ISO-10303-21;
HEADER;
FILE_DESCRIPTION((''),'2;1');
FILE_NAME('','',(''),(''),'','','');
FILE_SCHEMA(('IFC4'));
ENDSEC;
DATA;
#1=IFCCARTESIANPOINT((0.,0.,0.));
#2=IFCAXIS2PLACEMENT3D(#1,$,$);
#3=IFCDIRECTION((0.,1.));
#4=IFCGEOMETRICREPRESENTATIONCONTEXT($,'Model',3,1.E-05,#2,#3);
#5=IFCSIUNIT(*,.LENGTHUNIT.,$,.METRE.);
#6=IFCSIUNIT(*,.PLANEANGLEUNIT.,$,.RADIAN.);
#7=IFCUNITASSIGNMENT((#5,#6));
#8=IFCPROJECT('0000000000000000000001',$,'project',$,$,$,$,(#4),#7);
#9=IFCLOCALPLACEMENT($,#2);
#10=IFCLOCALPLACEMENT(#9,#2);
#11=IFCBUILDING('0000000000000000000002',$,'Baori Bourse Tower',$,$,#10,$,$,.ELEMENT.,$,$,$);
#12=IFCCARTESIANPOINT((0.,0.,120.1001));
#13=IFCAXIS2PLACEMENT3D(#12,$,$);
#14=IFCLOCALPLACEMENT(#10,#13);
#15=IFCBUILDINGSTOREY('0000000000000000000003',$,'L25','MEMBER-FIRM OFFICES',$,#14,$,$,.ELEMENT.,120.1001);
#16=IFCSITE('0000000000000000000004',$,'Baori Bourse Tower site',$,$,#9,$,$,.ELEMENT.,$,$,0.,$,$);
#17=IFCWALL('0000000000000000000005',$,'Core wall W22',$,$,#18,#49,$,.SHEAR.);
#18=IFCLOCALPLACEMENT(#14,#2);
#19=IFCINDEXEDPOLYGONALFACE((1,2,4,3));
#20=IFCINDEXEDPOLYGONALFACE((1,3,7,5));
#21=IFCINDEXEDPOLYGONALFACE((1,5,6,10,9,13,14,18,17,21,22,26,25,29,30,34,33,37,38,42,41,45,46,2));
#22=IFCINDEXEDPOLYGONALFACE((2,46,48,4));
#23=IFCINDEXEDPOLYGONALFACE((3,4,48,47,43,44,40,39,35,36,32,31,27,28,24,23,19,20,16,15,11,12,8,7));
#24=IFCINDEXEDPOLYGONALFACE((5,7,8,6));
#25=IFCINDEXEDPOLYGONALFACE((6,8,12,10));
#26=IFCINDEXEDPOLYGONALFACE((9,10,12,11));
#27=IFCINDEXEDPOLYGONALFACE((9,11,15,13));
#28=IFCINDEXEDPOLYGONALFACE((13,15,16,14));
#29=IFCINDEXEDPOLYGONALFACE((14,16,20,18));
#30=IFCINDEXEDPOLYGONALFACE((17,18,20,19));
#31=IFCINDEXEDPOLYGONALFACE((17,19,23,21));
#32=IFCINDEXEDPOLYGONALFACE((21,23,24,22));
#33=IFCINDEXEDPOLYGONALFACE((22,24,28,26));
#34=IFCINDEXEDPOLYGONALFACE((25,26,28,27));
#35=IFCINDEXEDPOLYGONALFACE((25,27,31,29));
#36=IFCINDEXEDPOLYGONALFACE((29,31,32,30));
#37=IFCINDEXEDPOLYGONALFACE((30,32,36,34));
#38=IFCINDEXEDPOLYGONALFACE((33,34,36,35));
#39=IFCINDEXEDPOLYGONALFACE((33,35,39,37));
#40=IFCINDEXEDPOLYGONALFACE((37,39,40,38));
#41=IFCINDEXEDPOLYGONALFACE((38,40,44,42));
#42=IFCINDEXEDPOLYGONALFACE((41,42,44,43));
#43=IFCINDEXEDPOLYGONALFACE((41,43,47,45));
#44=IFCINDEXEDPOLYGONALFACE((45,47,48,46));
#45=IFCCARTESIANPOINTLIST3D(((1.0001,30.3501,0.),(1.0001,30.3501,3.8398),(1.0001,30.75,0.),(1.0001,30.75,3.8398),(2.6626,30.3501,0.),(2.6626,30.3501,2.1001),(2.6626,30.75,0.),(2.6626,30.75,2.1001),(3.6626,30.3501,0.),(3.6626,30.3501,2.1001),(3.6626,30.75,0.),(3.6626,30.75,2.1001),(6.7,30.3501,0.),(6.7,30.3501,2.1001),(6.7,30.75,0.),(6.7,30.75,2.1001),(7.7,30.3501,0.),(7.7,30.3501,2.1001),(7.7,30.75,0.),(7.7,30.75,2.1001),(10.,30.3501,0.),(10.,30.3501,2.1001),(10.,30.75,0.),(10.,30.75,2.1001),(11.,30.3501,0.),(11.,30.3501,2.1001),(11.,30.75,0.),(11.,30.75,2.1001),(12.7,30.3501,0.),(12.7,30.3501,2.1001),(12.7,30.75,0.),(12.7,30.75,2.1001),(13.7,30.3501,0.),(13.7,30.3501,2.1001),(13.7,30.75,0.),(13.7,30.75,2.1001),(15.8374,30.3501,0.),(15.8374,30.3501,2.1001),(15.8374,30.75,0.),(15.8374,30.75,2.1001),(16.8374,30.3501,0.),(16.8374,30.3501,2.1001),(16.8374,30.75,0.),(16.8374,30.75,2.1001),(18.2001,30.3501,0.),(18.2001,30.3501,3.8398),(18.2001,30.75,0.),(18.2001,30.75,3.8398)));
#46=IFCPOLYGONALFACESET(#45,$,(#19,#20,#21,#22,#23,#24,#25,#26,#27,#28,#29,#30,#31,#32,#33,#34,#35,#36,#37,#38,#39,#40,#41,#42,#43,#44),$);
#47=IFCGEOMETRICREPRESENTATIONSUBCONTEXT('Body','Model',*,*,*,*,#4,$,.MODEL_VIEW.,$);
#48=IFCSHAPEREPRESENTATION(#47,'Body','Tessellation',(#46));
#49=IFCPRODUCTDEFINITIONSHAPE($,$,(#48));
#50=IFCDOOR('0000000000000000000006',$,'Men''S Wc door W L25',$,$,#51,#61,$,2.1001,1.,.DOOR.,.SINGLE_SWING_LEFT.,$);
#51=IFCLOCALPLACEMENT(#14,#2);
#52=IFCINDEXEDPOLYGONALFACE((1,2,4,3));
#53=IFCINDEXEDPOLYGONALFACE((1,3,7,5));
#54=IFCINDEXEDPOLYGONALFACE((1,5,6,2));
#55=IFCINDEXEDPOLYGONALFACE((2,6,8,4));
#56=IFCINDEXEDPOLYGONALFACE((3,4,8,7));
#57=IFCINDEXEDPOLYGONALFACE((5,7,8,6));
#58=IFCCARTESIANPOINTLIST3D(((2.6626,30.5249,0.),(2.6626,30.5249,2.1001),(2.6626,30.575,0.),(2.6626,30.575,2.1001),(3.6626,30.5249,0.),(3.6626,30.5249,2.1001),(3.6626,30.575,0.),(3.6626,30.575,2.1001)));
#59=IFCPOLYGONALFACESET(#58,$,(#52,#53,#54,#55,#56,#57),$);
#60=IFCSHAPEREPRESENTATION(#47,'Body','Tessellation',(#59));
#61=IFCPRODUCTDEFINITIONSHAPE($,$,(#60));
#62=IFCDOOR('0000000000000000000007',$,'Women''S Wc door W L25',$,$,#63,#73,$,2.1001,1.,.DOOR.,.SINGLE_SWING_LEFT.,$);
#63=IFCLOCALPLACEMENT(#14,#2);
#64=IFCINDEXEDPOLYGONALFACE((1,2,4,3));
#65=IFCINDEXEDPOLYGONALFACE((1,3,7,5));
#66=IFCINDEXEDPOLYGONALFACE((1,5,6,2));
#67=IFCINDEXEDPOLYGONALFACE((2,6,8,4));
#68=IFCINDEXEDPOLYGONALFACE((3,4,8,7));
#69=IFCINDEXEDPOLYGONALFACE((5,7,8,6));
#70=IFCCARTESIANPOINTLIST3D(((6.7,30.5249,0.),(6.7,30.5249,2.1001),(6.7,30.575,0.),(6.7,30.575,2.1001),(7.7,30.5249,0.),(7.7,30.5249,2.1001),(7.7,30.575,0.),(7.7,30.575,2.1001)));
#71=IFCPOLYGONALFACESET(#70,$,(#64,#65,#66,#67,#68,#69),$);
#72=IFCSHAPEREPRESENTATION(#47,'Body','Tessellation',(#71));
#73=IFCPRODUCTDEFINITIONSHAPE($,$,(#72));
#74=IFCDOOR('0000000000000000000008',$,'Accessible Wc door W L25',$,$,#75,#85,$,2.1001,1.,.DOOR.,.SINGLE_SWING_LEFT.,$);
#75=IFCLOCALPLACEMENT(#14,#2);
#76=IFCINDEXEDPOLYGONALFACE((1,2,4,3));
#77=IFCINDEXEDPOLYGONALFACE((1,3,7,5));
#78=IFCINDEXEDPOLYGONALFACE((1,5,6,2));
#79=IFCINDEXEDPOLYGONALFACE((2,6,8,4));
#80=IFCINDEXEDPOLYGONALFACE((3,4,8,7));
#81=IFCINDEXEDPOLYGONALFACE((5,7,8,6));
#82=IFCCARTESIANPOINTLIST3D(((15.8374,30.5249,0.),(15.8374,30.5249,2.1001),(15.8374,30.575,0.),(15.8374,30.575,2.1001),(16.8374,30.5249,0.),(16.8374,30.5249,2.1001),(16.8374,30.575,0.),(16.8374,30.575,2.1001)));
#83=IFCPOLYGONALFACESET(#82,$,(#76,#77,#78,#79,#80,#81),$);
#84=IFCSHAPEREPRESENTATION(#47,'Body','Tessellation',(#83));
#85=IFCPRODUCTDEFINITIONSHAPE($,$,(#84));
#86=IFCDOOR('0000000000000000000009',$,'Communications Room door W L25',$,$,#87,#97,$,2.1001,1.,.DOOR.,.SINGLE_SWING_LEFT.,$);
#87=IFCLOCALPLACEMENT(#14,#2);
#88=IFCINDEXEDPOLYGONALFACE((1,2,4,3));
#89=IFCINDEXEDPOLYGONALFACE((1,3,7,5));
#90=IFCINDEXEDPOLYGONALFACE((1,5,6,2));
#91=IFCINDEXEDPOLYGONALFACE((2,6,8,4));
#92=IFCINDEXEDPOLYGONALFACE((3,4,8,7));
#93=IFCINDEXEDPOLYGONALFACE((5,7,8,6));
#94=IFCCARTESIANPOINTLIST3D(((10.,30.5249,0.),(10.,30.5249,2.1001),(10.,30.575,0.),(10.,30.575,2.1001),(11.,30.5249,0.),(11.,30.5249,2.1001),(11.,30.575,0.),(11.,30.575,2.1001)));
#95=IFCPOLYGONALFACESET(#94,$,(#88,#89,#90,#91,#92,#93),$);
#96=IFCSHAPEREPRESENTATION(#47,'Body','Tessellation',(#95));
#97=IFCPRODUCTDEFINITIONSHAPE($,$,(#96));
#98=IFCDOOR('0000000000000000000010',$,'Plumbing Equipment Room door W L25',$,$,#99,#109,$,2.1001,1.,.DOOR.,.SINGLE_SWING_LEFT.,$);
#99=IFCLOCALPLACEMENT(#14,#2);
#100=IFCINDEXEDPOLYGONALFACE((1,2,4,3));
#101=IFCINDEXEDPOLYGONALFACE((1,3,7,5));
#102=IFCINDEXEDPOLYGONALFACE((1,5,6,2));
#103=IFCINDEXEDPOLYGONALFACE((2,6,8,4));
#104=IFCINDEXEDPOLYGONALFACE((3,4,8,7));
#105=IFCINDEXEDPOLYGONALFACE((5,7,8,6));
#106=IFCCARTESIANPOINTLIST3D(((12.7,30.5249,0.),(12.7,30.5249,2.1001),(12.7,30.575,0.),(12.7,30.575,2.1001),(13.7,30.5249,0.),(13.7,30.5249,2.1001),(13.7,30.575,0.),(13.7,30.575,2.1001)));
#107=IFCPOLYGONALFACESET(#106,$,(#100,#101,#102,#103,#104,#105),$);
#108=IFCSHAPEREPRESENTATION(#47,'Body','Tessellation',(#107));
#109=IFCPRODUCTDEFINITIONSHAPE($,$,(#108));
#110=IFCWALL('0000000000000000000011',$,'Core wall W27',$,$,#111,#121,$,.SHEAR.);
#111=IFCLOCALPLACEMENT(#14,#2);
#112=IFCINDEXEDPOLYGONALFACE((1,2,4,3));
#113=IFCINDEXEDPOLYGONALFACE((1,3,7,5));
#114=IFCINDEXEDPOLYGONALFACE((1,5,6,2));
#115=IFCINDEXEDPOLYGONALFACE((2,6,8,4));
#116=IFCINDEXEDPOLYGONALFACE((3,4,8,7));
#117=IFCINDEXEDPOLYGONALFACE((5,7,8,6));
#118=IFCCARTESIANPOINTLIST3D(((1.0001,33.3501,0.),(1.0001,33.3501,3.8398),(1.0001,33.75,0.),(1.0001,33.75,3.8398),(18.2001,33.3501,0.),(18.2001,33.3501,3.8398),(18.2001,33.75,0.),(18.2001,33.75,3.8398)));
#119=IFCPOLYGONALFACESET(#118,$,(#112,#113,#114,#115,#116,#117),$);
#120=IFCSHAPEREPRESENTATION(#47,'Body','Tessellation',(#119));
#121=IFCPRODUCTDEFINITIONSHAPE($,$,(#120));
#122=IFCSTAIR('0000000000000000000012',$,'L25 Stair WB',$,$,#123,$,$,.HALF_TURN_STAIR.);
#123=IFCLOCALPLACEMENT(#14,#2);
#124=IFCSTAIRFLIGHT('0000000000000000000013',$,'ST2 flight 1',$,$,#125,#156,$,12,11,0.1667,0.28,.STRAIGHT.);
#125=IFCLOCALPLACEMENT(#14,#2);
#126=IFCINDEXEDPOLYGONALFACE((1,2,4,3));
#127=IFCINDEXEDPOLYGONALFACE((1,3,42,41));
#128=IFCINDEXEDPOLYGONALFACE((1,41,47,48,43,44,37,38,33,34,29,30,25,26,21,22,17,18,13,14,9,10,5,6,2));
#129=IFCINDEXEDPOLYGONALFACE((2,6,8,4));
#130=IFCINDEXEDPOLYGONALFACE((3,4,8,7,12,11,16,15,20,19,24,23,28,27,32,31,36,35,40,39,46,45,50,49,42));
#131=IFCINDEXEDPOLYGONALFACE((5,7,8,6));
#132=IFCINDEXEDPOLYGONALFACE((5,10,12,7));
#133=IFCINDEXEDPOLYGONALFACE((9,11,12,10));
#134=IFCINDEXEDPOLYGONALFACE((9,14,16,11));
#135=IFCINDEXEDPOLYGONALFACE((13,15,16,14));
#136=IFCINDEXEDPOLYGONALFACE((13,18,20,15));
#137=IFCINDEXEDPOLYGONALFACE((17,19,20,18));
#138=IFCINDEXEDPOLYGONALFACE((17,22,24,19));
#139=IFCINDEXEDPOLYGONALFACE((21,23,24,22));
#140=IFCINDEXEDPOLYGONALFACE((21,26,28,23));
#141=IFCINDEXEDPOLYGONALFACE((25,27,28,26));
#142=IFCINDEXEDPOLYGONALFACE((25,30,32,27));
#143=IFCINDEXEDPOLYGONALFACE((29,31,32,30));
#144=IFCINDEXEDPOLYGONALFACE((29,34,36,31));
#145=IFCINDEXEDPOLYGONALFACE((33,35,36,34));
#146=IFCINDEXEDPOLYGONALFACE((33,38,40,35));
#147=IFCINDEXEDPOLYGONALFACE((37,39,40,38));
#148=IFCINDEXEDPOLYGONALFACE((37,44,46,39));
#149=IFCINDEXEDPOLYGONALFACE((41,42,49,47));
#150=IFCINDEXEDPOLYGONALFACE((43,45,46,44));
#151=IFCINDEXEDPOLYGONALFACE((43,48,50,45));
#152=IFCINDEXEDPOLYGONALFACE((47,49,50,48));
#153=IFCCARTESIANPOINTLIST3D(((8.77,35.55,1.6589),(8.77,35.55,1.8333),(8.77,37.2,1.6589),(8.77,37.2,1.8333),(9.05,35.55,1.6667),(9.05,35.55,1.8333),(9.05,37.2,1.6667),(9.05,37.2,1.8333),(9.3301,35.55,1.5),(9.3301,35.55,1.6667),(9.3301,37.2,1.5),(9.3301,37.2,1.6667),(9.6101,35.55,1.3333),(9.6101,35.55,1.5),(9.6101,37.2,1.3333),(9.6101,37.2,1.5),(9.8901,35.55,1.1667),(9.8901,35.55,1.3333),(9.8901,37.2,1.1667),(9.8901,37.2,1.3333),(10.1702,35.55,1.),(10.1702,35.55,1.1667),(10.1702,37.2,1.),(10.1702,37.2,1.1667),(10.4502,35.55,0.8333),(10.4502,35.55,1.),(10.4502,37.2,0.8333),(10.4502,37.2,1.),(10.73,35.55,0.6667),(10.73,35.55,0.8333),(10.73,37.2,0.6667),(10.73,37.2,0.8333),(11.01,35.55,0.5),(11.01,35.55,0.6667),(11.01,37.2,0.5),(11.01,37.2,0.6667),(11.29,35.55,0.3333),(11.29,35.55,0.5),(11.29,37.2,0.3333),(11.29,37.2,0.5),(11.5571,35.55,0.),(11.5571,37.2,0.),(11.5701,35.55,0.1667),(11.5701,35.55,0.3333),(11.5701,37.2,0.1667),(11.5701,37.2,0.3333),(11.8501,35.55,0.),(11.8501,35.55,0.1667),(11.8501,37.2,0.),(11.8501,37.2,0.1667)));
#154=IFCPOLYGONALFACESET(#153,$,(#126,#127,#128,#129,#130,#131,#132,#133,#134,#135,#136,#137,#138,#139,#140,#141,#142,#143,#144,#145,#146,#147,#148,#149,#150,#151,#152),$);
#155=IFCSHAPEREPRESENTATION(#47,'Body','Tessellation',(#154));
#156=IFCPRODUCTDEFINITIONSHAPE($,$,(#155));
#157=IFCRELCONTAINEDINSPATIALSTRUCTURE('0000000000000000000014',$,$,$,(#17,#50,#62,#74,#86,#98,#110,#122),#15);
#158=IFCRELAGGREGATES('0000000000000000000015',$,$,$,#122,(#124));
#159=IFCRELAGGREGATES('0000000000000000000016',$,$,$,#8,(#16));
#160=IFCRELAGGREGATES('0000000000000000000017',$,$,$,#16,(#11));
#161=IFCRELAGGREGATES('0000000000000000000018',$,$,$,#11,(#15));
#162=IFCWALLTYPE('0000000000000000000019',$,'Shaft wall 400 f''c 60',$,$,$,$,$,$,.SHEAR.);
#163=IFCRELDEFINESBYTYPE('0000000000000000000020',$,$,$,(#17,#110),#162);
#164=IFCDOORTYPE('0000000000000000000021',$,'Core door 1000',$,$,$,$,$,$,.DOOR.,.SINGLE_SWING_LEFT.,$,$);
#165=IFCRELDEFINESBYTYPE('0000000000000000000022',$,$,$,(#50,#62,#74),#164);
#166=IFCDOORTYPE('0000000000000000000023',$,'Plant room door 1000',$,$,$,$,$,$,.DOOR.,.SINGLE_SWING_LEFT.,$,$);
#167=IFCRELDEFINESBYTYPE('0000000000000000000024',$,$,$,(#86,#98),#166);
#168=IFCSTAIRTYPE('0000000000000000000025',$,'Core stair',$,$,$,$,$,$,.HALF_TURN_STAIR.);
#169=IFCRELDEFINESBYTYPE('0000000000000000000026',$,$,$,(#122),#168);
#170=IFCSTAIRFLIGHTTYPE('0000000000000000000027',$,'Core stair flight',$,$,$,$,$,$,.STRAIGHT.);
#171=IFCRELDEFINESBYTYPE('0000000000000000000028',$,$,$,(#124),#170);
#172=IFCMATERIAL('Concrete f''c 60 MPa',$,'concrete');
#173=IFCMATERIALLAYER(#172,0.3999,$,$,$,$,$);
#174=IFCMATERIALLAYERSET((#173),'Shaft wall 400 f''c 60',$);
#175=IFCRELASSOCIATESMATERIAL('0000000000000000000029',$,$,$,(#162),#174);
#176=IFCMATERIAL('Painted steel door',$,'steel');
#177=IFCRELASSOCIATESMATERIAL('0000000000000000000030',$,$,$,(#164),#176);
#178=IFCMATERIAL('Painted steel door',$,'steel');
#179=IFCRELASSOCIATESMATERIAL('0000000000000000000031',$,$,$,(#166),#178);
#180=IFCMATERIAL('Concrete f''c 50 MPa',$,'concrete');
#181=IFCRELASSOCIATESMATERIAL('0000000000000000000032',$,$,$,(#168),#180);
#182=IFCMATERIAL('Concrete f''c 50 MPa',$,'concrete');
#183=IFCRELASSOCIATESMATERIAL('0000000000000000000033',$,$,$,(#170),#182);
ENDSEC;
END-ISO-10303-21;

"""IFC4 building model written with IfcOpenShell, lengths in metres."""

from ifc_helpers import new_model, si_unit, direction, frame, frame_2d, origin, place, context, subcontext, project, spatial, polyline, rectangle, outline, extrude, material, layer, layer_set, type_object, element, fill, aggregate, save


model = new_model("IFC4")

# Units and contexts
model_context = context("Model", 3, precision=1e-05, world=origin(), true_north=direction((0.0, 1.0)))
body_context = subcontext(model_context, "Body", "Model", "MODEL_VIEW")
ifc_project = project(units=[si_unit("LENGTHUNIT", "METRE"), si_unit("PLANEANGLEUNIT", "RADIAN")], contexts=[model_context])

# Site, building, storey
site_placement = place(None, origin())
site = spatial("IfcSite", under=ifc_project, at=site_placement, Name="Baori Bourse Tower site", CompositionType="ELEMENT", RefElevation=0.0)
building_placement = place(site_placement, origin())
building = spatial("IfcBuilding", under=site, at=building_placement, Name="Baori Bourse Tower", CompositionType="ELEMENT")
storey_placement = place(building_placement, frame((0.0, 0.0, 120.1001)))
storey = spatial("IfcBuildingStorey", under=building, at=storey_placement, Name="L25", Description="MEMBER-FIRM OFFICES", CompositionType="ELEMENT", Elevation=120.1001)

# Wall, openings, doors
ifc_material_1 = material(Name="Concrete f'c 60 MPa", Category="concrete")
ifc_layer_1 = layer(ifc_material_1, 0.3999)
ifc_layer_set_1 = layer_set([ifc_layer_1], Name="Shaft wall 400 f'c 60")
wall_type_1 = type_object("IfcWallType", Name="Shaft wall 400 f'c 60", PredefinedType="SHEAR", material=ifc_layer_set_1)
wall_1_placement = place(storey_placement, frame((1.0, 30.55, 0.0), z_axis=(0.0, 0.0, 1.0), x_axis=(1.0, 0.0, 0.0)))
wall_1 = element("IfcWall", 1, at=wall_1_placement, inside=storey, type_object=wall_type_1, Name="Core wall W22", PredefinedType="SHEAR", context=body_context, shape_type="SweptSolid", body=[
    extrude(rectangle(XDim=17.2, YDim=0.3999, at=frame_2d((8.6001, 0.0))), origin(), (0.0, 0.0, 1.0), 3.8398),
])
opening_1_placement = place(wall_1_placement, frame((1.6626, 0.0, 0.0)))
opening_1 = element("IfcOpeningElement", 2, at=opening_1_placement, cuts=wall_1, PredefinedType="OPENING", context=body_context, shape_type="SweptSolid", body=[
    extrude(rectangle(XDim=1.0, YDim=2.1001, at=frame_2d((0.5, 1.05))), frame((0.0, 0.21, 0.0), z_axis=(0.0, -1.0, 0.0), x_axis=(1.0, 0.0, 0.0)), (0.0, 0.0, 1.0), 0.4199),
])
opening_2_placement = place(wall_1_placement, frame((5.7, 0.0, 0.0)))
opening_2 = element("IfcOpeningElement", 3, at=opening_2_placement, cuts=wall_1, PredefinedType="OPENING", context=body_context, shape_type="SweptSolid", body=[
    extrude(rectangle(XDim=1.0, YDim=2.1001, at=frame_2d((0.5, 1.05))), frame((0.0, 0.21, 0.0), z_axis=(0.0, -1.0, 0.0), x_axis=(1.0, 0.0, 0.0)), (0.0, 0.0, 1.0), 0.4199),
])
opening_3_placement = place(wall_1_placement, frame((9.0, 0.0, 0.0)))
opening_3 = element("IfcOpeningElement", 4, at=opening_3_placement, cuts=wall_1, PredefinedType="OPENING", context=body_context, shape_type="SweptSolid", body=[
    extrude(rectangle(XDim=1.0, YDim=2.1001, at=frame_2d((0.5, 1.05))), frame((0.0, 0.21, 0.0), z_axis=(0.0, -1.0, 0.0), x_axis=(1.0, 0.0, 0.0)), (0.0, 0.0, 1.0), 0.4199),
])
opening_4_placement = place(wall_1_placement, frame((11.7, 0.0, 0.0)))
opening_4 = element("IfcOpeningElement", 5, at=opening_4_placement, cuts=wall_1, PredefinedType="OPENING", context=body_context, shape_type="SweptSolid", body=[
    extrude(rectangle(XDim=1.0, YDim=2.1001, at=frame_2d((0.5, 1.05))), frame((0.0, 0.21, 0.0), z_axis=(0.0, -1.0, 0.0), x_axis=(1.0, 0.0, 0.0)), (0.0, 0.0, 1.0), 0.4199),
])
opening_5_placement = place(wall_1_placement, frame((14.8374, 0.0, 0.0)))
opening_5 = element("IfcOpeningElement", 6, at=opening_5_placement, cuts=wall_1, PredefinedType="OPENING", context=body_context, shape_type="SweptSolid", body=[
    extrude(rectangle(XDim=1.0, YDim=2.1001, at=frame_2d((0.5, 1.05))), frame((0.0, 0.21, 0.0), z_axis=(0.0, -1.0, 0.0), x_axis=(1.0, 0.0, 0.0)), (0.0, 0.0, 1.0), 0.4199),
])
ifc_material_2 = material(Name="Painted steel door", Category="steel")
door_type_1 = type_object("IfcDoorType", Name="Core door 1000", OperationType="SINGLE_SWING_LEFT", PredefinedType="DOOR", material=ifc_material_2)
door_1_placement = place(opening_1_placement, origin())
door_1 = element("IfcDoor", 7, at=door_1_placement, inside=storey, type_object=door_type_1, Name="Men'S Wc door W L25", OperationType="SINGLE_SWING_LEFT", OverallHeight=2.1001, OverallWidth=1.0, PredefinedType="DOOR", context=body_context, shape_type="SweptSolid", body=[
    extrude(rectangle(XDim=1.0, YDim=2.1001, at=frame_2d((0.5, 1.05))), frame((0.0, 0.0249, 0.0), z_axis=(0.0, -1.0, 0.0), x_axis=(1.0, 0.0, 0.0)), (0.0, 0.0, 1.0), 0.05),
])
fill(opening_1, door_1)
door_2_placement = place(opening_2_placement, origin())
door_2 = element("IfcDoor", 8, at=door_2_placement, inside=storey, type_object=door_type_1, Name="Women'S Wc door W L25", OperationType="SINGLE_SWING_LEFT", OverallHeight=2.1001, OverallWidth=1.0, PredefinedType="DOOR", context=body_context, shape_type="SweptSolid", body=[
    extrude(rectangle(XDim=1.0, YDim=2.1001, at=frame_2d((0.5, 1.05))), frame((0.0, 0.0249, 0.0), z_axis=(0.0, -1.0, 0.0), x_axis=(1.0, 0.0, 0.0)), (0.0, 0.0, 1.0), 0.05),
])
fill(opening_2, door_2)
door_3_placement = place(opening_5_placement, origin())
door_3 = element("IfcDoor", 9, at=door_3_placement, inside=storey, type_object=door_type_1, Name="Accessible Wc door W L25", OperationType="SINGLE_SWING_LEFT", OverallHeight=2.1001, OverallWidth=1.0, PredefinedType="DOOR", context=body_context, shape_type="SweptSolid", body=[
    extrude(rectangle(XDim=1.0, YDim=2.1001, at=frame_2d((0.5, 1.05))), frame((0.0, 0.0249, 0.0), z_axis=(0.0, -1.0, 0.0), x_axis=(1.0, 0.0, 0.0)), (0.0, 0.0, 1.0), 0.05),
])
fill(opening_5, door_3)
ifc_material_3 = material(Name="Painted steel door", Category="steel")
door_type_2 = type_object("IfcDoorType", Name="Plant room door 1000", OperationType="SINGLE_SWING_LEFT", PredefinedType="DOOR", material=ifc_material_3)
door_4_placement = place(opening_3_placement, origin())
door_4 = element("IfcDoor", 10, at=door_4_placement, inside=storey, type_object=door_type_2, Name="Communications Room door W L25", OperationType="SINGLE_SWING_LEFT", OverallHeight=2.1001, OverallWidth=1.0, PredefinedType="DOOR", context=body_context, shape_type="SweptSolid", body=[
    extrude(rectangle(XDim=1.0, YDim=2.1001, at=frame_2d((0.5, 1.05))), frame((0.0, 0.0249, 0.0), z_axis=(0.0, -1.0, 0.0), x_axis=(1.0, 0.0, 0.0)), (0.0, 0.0, 1.0), 0.05),
])
fill(opening_3, door_4)
door_5_placement = place(opening_4_placement, origin())
door_5 = element("IfcDoor", 11, at=door_5_placement, inside=storey, type_object=door_type_2, Name="Plumbing Equipment Room door W L25", OperationType="SINGLE_SWING_LEFT", OverallHeight=2.1001, OverallWidth=1.0, PredefinedType="DOOR", context=body_context, shape_type="SweptSolid", body=[
    extrude(rectangle(XDim=1.0, YDim=2.1001, at=frame_2d((0.5, 1.05))), frame((0.0, 0.0249, 0.0), z_axis=(0.0, -1.0, 0.0), x_axis=(1.0, 0.0, 0.0)), (0.0, 0.0, 1.0), 0.05),
])
fill(opening_4, door_5)

# Wall
wall_2_placement = place(storey_placement, frame((1.0, 33.55, 0.0), z_axis=(0.0, 0.0, 1.0), x_axis=(1.0, 0.0, 0.0)))
element("IfcWall", 12, at=wall_2_placement, inside=storey, type_object=wall_type_1, Name="Core wall W27", PredefinedType="SHEAR", context=body_context, shape_type="SweptSolid", body=[
    extrude(rectangle(XDim=17.2, YDim=0.3999, at=frame_2d((8.6001, 0.0))), origin(), (0.0, 0.0, 1.0), 3.8398),
])

# Stair, stair flight
ifc_material_4 = material(Name="Concrete f'c 50 MPa", Category="concrete")
stair_type = type_object("IfcStairType", Name="Core stair", PredefinedType="HALF_TURN_STAIR", material=ifc_material_4)
stair_placement = place(storey_placement, origin())
stair = element("IfcStair", 13, at=stair_placement, inside=storey, type_object=stair_type, Name="L25 Stair WB", PredefinedType="HALF_TURN_STAIR")
ifc_material_5 = material(Name="Concrete f'c 50 MPa", Category="concrete")
stair_flight_type = type_object("IfcStairFlightType", Name="Core stair flight", PredefinedType="STRAIGHT", material=ifc_material_5)
stair_flight_1_placement = place(storey_placement, frame((11.8501, 36.375, 0.0), z_axis=(0.0, 0.0, 1.0), x_axis=(-1.0, 0.0, 0.0)))
stair_flight_1 = element("IfcStairFlight", 14, at=stair_flight_1_placement, type_object=stair_flight_type, Name="ST2 flight 1", NumberOfRisers=12, NumberOfTreads=11, PredefinedType="STRAIGHT", RiserHeight=0.1667, TreadLength=0.28, context=body_context, shape_type="SweptSolid", body=[
    extrude(outline(polyline([(0.0, 0.0), (0.0, 0.1667), (0.28, 0.1667), (0.28, 0.3333), (0.5601, 0.3333), (0.5601, 0.5), (0.8401, 0.5), (0.8401, 0.6667), (1.1201, 0.6667), (1.1201, 0.8333), (1.3999, 0.8333), (1.3999, 1.0), (1.6799, 1.0), (1.6799, 1.1667), (1.96, 1.1667), (1.96, 1.3333), (2.24, 1.3333), (2.24, 1.5), (2.52, 1.5), (2.52, 1.6667), (2.8, 1.6667), (2.8, 1.8333), (3.0801, 1.8333), (3.0801, 2.0), (3.0801, 1.6589), (0.293, 0.0), (0.0, 0.0)])), frame((0.0, 0.825, 0.0), z_axis=(0.0, -1.0, 0.0), x_axis=(1.0, 0.0, 0.0)), (0.0, 0.0, 1.0), 1.6499),
])
aggregate(stair, [stair_flight_1])

save(model, "model.ifc")
